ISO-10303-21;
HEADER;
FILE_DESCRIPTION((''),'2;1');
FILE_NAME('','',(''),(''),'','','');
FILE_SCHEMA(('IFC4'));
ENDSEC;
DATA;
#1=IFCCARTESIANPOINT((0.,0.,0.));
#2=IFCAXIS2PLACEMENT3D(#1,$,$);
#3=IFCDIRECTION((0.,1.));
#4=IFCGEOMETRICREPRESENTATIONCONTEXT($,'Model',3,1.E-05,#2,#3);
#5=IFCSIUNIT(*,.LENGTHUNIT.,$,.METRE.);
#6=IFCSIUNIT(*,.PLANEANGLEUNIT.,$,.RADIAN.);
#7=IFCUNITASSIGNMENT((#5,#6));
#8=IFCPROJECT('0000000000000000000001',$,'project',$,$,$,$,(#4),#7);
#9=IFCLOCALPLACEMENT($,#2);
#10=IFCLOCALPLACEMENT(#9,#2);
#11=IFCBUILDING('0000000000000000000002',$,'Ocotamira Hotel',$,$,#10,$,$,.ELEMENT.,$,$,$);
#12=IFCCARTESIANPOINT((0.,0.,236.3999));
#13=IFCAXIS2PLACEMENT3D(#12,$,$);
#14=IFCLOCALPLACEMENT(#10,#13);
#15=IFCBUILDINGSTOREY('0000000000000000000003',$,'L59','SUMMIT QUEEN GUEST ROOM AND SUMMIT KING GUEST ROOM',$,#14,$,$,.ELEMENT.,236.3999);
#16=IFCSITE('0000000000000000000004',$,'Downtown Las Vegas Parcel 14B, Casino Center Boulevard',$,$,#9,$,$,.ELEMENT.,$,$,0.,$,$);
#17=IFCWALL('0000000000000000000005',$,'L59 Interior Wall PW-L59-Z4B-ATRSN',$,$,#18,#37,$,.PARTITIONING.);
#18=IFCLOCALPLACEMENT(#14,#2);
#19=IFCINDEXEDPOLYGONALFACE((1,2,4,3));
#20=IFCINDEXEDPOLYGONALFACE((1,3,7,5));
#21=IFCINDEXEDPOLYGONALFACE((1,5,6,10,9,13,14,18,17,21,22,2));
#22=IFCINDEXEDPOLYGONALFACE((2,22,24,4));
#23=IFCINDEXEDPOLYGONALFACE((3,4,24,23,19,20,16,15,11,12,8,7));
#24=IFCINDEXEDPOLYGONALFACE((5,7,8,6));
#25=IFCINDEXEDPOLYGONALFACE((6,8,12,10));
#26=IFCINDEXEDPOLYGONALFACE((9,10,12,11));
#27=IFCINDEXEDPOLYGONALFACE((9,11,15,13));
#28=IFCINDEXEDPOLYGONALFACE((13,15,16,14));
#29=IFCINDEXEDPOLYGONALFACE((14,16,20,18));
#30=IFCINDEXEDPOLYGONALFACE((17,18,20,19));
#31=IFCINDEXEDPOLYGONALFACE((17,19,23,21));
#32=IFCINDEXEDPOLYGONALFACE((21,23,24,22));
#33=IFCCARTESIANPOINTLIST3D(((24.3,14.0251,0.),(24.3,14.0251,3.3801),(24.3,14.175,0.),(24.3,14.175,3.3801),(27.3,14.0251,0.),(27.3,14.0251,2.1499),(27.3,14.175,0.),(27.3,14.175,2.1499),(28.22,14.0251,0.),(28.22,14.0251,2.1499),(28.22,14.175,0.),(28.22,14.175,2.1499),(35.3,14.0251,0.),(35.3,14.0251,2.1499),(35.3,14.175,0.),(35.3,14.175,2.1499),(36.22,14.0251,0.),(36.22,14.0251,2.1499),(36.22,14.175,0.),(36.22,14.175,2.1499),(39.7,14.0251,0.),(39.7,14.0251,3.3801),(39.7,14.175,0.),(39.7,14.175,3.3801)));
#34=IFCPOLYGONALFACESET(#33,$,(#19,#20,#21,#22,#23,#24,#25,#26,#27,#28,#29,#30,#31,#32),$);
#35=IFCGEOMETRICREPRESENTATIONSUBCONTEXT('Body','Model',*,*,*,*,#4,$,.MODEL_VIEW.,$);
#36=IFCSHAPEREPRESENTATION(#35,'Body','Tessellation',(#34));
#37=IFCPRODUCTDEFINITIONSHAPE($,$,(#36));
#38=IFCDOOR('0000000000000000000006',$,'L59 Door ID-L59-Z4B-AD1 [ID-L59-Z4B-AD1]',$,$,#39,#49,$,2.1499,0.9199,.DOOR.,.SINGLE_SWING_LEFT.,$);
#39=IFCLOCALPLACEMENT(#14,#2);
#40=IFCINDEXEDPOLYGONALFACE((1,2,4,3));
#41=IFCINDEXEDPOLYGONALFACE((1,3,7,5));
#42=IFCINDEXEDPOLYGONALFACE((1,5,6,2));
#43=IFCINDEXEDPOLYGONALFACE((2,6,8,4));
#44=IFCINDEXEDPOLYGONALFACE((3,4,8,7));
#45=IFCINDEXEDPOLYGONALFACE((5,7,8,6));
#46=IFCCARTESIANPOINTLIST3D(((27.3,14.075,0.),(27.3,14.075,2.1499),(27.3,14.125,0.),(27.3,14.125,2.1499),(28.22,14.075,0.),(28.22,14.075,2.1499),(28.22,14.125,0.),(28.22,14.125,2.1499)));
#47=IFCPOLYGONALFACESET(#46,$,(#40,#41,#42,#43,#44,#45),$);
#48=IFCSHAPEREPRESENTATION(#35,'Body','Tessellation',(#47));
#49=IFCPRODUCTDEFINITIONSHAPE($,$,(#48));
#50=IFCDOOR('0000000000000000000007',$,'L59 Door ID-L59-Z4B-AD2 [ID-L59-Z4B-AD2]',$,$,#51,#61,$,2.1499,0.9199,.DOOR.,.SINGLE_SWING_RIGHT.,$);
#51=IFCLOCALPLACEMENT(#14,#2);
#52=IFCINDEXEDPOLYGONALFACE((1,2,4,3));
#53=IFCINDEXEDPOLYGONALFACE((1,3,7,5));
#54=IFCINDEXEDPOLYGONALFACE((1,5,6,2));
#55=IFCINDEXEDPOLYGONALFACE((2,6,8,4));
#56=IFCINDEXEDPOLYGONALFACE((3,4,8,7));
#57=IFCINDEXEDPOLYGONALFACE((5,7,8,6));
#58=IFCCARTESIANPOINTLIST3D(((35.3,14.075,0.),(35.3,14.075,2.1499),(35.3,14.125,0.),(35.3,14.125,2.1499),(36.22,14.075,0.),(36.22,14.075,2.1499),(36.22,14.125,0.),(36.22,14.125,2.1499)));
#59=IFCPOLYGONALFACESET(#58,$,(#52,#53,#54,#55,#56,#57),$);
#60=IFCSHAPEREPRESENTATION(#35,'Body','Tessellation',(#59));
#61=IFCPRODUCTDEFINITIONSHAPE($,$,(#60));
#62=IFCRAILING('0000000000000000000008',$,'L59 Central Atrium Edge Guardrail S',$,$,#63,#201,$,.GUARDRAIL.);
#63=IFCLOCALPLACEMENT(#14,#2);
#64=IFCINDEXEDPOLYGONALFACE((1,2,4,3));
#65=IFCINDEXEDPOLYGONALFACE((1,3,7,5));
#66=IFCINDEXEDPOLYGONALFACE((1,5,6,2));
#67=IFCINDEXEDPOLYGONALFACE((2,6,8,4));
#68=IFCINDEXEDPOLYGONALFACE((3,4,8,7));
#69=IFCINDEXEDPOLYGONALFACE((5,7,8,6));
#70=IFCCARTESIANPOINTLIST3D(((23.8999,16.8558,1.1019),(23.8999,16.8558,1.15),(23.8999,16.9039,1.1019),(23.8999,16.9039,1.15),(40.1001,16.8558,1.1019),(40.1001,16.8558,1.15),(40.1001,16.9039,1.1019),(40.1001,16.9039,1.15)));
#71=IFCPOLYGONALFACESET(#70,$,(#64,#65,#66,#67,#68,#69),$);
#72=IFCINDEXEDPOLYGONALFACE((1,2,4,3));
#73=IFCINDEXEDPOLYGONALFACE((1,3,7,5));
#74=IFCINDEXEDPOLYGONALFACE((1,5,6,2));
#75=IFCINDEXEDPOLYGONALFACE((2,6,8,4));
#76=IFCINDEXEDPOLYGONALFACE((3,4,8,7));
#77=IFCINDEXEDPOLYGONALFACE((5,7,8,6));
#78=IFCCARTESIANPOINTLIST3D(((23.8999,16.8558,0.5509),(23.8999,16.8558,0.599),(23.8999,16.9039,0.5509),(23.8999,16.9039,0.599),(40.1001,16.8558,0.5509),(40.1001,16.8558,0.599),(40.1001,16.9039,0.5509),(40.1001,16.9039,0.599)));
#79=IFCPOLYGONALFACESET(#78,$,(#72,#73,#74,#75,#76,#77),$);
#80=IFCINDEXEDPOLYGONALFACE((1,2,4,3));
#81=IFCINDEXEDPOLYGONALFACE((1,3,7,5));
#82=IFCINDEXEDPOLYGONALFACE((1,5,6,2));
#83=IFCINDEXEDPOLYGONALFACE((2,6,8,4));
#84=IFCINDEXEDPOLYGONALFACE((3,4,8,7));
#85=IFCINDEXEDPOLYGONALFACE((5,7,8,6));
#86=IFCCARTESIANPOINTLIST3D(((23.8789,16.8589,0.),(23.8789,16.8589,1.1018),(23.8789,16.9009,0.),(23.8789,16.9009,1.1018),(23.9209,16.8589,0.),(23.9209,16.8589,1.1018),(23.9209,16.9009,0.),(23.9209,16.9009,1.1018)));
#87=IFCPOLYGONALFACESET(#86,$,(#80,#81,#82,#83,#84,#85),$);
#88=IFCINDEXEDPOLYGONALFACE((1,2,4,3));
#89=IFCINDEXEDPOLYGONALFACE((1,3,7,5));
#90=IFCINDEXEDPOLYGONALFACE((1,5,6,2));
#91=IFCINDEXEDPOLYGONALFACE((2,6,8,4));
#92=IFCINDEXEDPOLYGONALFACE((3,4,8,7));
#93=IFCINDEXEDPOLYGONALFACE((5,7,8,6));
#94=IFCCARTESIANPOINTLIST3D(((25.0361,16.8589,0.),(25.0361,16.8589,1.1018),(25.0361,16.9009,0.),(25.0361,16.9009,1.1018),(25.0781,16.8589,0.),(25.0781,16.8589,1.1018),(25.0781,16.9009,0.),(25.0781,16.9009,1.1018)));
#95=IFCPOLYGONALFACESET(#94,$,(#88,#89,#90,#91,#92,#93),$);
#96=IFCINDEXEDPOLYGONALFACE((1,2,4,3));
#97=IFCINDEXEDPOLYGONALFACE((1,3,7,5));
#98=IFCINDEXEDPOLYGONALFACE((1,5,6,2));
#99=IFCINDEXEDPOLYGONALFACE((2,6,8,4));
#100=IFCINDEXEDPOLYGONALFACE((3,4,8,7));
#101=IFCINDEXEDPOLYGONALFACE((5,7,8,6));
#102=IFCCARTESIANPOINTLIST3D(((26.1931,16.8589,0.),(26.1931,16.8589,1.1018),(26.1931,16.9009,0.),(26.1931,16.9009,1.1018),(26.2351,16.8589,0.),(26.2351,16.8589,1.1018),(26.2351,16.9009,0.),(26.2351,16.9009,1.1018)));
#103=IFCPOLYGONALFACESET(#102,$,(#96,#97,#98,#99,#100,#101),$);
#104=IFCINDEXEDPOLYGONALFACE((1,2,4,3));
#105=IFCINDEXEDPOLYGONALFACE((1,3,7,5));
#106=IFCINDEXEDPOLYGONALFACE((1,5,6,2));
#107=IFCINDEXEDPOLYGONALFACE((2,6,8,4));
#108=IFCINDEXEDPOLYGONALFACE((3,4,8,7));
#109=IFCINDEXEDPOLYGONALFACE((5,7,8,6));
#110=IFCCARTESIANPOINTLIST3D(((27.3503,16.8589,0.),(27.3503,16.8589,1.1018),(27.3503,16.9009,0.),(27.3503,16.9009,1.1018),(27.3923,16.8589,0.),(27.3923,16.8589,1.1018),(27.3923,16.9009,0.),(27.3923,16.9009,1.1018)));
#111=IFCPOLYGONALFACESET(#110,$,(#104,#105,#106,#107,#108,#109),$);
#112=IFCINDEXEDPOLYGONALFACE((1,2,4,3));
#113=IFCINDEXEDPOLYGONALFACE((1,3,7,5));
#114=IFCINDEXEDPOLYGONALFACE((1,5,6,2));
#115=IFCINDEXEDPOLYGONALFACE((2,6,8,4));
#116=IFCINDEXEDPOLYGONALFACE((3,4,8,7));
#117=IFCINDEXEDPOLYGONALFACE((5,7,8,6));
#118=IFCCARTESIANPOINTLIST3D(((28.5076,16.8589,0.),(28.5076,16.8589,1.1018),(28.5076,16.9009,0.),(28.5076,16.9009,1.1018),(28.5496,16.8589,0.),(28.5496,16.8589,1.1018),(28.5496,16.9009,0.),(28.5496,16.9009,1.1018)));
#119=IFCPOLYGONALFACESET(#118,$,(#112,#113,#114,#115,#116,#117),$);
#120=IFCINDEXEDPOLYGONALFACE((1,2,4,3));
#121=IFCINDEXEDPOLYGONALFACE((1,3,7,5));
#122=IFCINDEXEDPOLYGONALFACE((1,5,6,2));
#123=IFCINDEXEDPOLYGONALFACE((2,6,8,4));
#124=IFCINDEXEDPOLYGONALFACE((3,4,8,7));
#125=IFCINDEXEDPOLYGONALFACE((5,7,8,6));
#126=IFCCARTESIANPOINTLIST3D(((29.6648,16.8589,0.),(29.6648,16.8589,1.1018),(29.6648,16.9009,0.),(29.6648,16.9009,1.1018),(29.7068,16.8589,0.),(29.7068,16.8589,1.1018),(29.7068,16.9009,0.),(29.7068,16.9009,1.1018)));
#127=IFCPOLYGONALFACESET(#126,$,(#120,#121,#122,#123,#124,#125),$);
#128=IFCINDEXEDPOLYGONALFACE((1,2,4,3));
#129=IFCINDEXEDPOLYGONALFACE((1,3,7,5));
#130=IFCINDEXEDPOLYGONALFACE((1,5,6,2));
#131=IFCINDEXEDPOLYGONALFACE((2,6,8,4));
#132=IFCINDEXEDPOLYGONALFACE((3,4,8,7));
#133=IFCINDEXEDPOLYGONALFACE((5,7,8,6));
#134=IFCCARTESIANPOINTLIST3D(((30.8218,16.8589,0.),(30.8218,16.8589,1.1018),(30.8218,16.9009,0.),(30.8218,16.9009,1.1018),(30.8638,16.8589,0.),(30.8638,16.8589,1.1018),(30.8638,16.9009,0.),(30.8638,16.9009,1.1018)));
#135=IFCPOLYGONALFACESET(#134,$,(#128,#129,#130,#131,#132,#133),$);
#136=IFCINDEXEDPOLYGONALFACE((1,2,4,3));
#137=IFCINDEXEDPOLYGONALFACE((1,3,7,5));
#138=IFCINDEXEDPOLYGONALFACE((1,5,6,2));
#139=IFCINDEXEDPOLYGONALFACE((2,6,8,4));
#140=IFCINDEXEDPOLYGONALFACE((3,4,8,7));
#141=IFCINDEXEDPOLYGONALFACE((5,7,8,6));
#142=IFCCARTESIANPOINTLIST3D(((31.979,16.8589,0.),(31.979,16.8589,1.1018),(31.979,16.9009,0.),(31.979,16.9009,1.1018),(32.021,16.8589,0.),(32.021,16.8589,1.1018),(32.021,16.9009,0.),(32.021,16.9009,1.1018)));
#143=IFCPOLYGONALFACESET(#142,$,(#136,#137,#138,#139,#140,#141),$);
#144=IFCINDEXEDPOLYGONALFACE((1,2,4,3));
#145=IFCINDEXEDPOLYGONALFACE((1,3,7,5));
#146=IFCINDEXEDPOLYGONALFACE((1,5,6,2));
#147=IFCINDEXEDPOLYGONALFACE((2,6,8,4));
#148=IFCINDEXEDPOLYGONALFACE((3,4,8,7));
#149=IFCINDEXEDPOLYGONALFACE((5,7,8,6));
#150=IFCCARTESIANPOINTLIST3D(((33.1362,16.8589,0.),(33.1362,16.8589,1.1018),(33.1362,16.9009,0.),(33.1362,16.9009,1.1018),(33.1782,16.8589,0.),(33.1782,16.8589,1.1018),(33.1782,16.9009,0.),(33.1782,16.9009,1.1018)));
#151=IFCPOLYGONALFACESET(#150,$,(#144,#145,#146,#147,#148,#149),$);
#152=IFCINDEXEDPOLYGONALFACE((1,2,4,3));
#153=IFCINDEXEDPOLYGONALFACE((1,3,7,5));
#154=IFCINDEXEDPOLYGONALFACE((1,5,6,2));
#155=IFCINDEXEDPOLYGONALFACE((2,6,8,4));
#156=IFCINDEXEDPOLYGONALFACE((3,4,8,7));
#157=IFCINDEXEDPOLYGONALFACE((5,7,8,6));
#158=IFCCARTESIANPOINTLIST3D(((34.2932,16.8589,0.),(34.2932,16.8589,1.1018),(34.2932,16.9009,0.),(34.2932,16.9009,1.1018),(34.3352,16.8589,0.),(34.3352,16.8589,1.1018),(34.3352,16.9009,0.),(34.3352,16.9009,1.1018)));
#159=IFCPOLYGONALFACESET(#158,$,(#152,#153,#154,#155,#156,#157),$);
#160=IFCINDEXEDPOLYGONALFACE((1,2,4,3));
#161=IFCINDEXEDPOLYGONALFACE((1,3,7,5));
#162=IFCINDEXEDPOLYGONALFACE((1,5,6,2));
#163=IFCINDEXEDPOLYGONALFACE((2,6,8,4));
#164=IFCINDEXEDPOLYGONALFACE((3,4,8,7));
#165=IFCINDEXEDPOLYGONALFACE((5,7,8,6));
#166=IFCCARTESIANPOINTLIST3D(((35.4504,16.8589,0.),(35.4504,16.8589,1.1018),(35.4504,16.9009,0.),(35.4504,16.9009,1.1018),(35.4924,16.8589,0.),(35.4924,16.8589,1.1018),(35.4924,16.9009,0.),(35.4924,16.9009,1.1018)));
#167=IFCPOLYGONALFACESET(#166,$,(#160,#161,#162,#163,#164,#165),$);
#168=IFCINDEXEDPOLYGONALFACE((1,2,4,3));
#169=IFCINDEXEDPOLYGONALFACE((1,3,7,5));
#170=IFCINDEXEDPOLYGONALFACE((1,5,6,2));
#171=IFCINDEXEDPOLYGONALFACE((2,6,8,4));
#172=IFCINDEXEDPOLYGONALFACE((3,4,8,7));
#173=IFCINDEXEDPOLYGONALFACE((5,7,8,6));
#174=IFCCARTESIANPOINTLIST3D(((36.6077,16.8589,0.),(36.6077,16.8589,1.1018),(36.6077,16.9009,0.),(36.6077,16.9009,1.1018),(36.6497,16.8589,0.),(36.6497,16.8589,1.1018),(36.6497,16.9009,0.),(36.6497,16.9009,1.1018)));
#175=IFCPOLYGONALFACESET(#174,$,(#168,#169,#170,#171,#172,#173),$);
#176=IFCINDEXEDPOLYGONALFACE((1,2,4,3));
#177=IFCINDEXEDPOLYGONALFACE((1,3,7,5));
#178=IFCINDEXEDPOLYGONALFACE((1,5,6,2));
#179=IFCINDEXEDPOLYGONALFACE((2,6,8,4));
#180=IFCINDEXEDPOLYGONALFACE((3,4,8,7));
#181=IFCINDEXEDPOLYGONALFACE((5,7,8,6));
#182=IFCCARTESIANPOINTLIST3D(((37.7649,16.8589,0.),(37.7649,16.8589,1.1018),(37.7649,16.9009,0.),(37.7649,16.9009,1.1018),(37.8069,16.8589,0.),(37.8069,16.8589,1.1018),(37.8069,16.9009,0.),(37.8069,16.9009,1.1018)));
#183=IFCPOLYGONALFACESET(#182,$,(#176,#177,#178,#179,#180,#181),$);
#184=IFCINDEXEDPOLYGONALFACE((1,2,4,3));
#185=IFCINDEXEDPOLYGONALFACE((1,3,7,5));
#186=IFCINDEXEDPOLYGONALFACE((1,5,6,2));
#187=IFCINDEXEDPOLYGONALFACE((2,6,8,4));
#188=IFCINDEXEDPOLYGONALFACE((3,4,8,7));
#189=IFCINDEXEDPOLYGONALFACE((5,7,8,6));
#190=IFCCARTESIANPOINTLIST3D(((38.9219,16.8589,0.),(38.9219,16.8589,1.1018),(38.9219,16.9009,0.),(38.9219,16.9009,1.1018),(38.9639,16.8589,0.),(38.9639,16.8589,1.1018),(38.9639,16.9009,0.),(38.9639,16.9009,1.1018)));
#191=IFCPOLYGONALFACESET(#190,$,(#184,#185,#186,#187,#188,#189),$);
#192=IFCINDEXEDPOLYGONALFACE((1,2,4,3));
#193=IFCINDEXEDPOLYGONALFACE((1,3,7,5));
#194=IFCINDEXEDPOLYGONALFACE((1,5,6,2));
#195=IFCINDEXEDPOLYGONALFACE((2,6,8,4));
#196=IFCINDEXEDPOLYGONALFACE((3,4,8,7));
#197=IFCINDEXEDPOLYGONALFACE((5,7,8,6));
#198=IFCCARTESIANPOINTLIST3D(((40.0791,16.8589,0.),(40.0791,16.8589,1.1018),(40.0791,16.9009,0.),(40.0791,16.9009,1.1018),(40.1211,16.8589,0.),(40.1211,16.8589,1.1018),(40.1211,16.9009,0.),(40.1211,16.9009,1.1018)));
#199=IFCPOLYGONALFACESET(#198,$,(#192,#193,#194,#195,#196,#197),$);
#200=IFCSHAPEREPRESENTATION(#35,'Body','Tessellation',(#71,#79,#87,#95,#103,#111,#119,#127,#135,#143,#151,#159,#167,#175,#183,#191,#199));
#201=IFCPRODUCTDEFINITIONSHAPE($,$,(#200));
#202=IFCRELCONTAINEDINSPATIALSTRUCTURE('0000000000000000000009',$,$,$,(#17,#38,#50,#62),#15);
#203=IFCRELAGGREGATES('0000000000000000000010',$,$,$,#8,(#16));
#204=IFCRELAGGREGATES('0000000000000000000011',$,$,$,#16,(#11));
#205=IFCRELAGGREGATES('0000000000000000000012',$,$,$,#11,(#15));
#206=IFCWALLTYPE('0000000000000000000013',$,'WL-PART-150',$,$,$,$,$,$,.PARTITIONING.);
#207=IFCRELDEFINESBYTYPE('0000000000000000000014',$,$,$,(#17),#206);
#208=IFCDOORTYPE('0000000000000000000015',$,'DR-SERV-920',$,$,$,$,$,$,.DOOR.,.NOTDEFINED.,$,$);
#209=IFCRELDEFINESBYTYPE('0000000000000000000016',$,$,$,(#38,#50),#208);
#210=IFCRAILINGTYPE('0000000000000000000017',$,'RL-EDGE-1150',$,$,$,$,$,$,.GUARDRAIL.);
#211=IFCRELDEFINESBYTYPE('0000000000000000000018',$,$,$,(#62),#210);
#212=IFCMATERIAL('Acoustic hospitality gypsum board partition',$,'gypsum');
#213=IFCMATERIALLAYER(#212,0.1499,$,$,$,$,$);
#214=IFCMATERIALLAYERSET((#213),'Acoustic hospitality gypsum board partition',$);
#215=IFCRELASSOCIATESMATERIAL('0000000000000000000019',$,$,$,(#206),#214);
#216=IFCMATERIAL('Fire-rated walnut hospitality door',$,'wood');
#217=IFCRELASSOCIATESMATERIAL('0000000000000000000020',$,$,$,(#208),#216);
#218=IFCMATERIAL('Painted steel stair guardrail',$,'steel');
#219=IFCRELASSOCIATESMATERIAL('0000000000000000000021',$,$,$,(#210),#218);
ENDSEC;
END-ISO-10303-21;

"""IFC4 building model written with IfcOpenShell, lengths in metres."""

from ifc_helpers import new_model, si_unit, direction, frame, frame_2d, origin, origin_2d, place, context, subcontext, project, spatial, rectangle, extrude, source, transform, mapped, material, layer, layer_set, type_object, element, fill, save


model = new_model("IFC4")

# Units and contexts
model_context = context("Model", 3, precision=1e-05, world=origin(), true_north=direction((0.0, 1.0)))
body_context = subcontext(model_context, "Body", "Model", "MODEL_VIEW")
ifc_project = project(units=[si_unit("LENGTHUNIT", "METRE"), si_unit("PLANEANGLEUNIT", "RADIAN")], contexts=[model_context])

# Site, building, storey
site_placement = place(None, origin())
site = spatial("IfcSite", under=ifc_project, at=site_placement, Name="Downtown Las Vegas Parcel 14B, Casino Center Boulevard", CompositionType="ELEMENT", RefElevation=0.0)
building_placement = place(site_placement, origin())
building = spatial("IfcBuilding", under=site, at=building_placement, Name="Ocotamira Hotel", CompositionType="ELEMENT")
storey_placement = place(building_placement, frame((0.0, 0.0, 236.3999)))
storey = spatial("IfcBuildingStorey", under=building, at=storey_placement, Name="L59", Description="SUMMIT QUEEN GUEST ROOM AND SUMMIT KING GUEST ROOM", CompositionType="ELEMENT", Elevation=236.3999)

# Shared definitions
ifc_material_1 = material(Name="Acoustic hospitality gypsum board partition", Category="gypsum")

# Wall, openings, doors
ifc_layer_1 = layer(ifc_material_1, 0.1499)
ifc_layer_set_1 = layer_set([ifc_layer_1], Name="Acoustic hospitality gypsum board partition")
wall_type_1 = type_object("IfcWallType", Name="WL-PART-150", PredefinedType="PARTITIONING", material=ifc_layer_set_1)
wall_1_placement = place(storey_placement, frame((24.3, 14.1001, 0.0), z_axis=(0.0, 0.0, 1.0), x_axis=(1.0, 0.0, 0.0)))
wall_1 = element("IfcWall", 1, at=wall_1_placement, inside=storey, type_object=wall_type_1, Name="L59 Interior Wall PW-L59-Z4B-ATRSN", PredefinedType="PARTITIONING", context=body_context, shape_type="SweptSolid", body=[
    extrude(rectangle(XDim=15.3999, YDim=0.1499, at=frame_2d((7.7, 0.0))), origin(), (0.0, 0.0, 1.0), 3.3801),
])
opening_1_placement = place(wall_1_placement, frame((3.0, 0.0, 0.0)))
opening_1 = element("IfcOpeningElement", 2, at=opening_1_placement, cuts=wall_1, PredefinedType="OPENING", context=body_context, shape_type="SweptSolid", body=[
    extrude(rectangle(XDim=0.9199, YDim=2.1499, at=frame_2d((0.46, 1.075))), frame((0.0, 0.085, 0.0), z_axis=(0.0, -1.0, 0.0), x_axis=(1.0, 0.0, 0.0)), (0.0, 0.0, 1.0), 0.1699),
])
opening_2_placement = place(wall_1_placement, frame((11.0, 0.0, 0.0)))
opening_2 = element("IfcOpeningElement", 3, at=opening_2_placement, cuts=wall_1, PredefinedType="OPENING", context=body_context, shape_type="SweptSolid", body=[
    extrude(rectangle(XDim=0.9199, YDim=2.1499, at=frame_2d((0.46, 1.075))), frame((0.0, 0.085, 0.0), z_axis=(0.0, -1.0, 0.0), x_axis=(1.0, 0.0, 0.0)), (0.0, 0.0, 1.0), 0.1699),
])
ifc_material_2 = material(Name="Fire-rated walnut hospitality door", Category="wood")
door_type_1 = type_object("IfcDoorType", Name="DR-SERV-920", OperationType="NOTDEFINED", PredefinedType="DOOR", material=ifc_material_2)
shared_shape_1 = source(origin(), body_context, "Body", "SweptSolid", [
    extrude(rectangle(XDim=0.9199, YDim=2.1499, at=frame_2d((0.46, 1.075))), frame((0.0, 0.0249, 0.0), z_axis=(0.0, -1.0, 0.0), x_axis=(1.0, 0.0, 0.0)), (0.0, 0.0, 1.0), 0.05),
])
door_1_placement = place(opening_1_placement, origin())
door_1 = element("IfcDoor", 4, at=door_1_placement, inside=storey, type_object=door_type_1, Name="L59 Door ID-L59-Z4B-AD1 [ID-L59-Z4B-AD1]", OperationType="SINGLE_SWING_LEFT", OverallHeight=2.1499, OverallWidth=0.9199, PredefinedType="DOOR", context=body_context, shape_type="MappedRepresentation", body=[
    mapped(shared_shape_1, transform((0.0, 0.0, 0.0), scale=1.0)),
])
fill(opening_1, door_1)
door_2_placement = place(opening_2_placement, origin())
door_2 = element("IfcDoor", 5, at=door_2_placement, inside=storey, type_object=door_type_1, Name="L59 Door ID-L59-Z4B-AD2 [ID-L59-Z4B-AD2]", OperationType="SINGLE_SWING_RIGHT", OverallHeight=2.1499, OverallWidth=0.9199, PredefinedType="DOOR", context=body_context, shape_type="MappedRepresentation", body=[
    mapped(shared_shape_1, transform((0.0, 0.0, 0.0), scale=1.0)),
])
fill(opening_2, door_2)

# Railing
ifc_material_3 = material(Name="Painted steel stair guardrail", Category="steel")
railing_type = type_object("IfcRailingType", Name="RL-EDGE-1150", PredefinedType="GUARDRAIL", material=ifc_material_3)
railing_1_placement = place(storey_placement, frame((23.8999, 16.8799, 0.0)))
element("IfcRailing", 6, at=railing_1_placement, inside=storey, type_object=railing_type, Name="L59 Central Atrium Edge Guardrail S", PredefinedType="GUARDRAIL", context=body_context, shape_type="SweptSolid", body=[
    extrude(rectangle(XDim=0.0481, YDim=0.0481, at=origin_2d()), frame((0.0, 0.0, 1.126), z_axis=(1.0, 0.0, 0.0), x_axis=(0.0, 1.0, 0.0)), (0.0, 0.0, 1.0), 16.2002),
    extrude(rectangle(XDim=0.0481, YDim=0.0481, at=origin_2d()), frame((0.0, 0.0, 0.575), z_axis=(1.0, 0.0, 0.0), x_axis=(0.0, 1.0, 0.0)), (0.0, 0.0, 1.0), 16.2002),
    extrude(rectangle(XDim=0.042, YDim=0.042, at=origin_2d()), origin(), (0.0, 0.0, 1.0), 1.1018),
    extrude(rectangle(XDim=0.042, YDim=0.042, at=origin_2d()), frame((1.1572, 0.0, 0.0)), (0.0, 0.0, 1.0), 1.1018),
    extrude(rectangle(XDim=0.042, YDim=0.042, at=origin_2d()), frame((2.3142, 0.0, 0.0)), (0.0, 0.0, 1.0), 1.1018),
    extrude(rectangle(XDim=0.042, YDim=0.042, at=origin_2d()), frame((3.4714, 0.0, 0.0)), (0.0, 0.0, 1.0), 1.1018),
    extrude(rectangle(XDim=0.042, YDim=0.042, at=origin_2d()), frame((4.6287, 0.0, 0.0)), (0.0, 0.0, 1.0), 1.1018),
    extrude(rectangle(XDim=0.042, YDim=0.042, at=origin_2d()), frame((5.7859, 0.0, 0.0)), (0.0, 0.0, 1.0), 1.1018),
    extrude(rectangle(XDim=0.042, YDim=0.042, at=origin_2d()), frame((6.9429, 0.0, 0.0)), (0.0, 0.0, 1.0), 1.1018),
    extrude(rectangle(XDim=0.042, YDim=0.042, at=origin_2d()), frame((8.1001, 0.0, 0.0)), (0.0, 0.0, 1.0), 1.1018),
    extrude(rectangle(XDim=0.042, YDim=0.042, at=origin_2d()), frame((9.2573, 0.0, 0.0)), (0.0, 0.0, 1.0), 1.1018),
    extrude(rectangle(XDim=0.042, YDim=0.042, at=origin_2d()), frame((10.4143, 0.0, 0.0)), (0.0, 0.0, 1.0), 1.1018),
    extrude(rectangle(XDim=0.042, YDim=0.042, at=origin_2d()), frame((11.5715, 0.0, 0.0)), (0.0, 0.0, 1.0), 1.1018),
    extrude(rectangle(XDim=0.042, YDim=0.042, at=origin_2d()), frame((12.7288, 0.0, 0.0)), (0.0, 0.0, 1.0), 1.1018),
    extrude(rectangle(XDim=0.042, YDim=0.042, at=origin_2d()), frame((13.886, 0.0, 0.0)), (0.0, 0.0, 1.0), 1.1018),
    extrude(rectangle(XDim=0.042, YDim=0.042, at=origin_2d()), frame((15.043, 0.0, 0.0)), (0.0, 0.0, 1.0), 1.1018),
    extrude(rectangle(XDim=0.042, YDim=0.042, at=origin_2d()), frame((16.2002, 0.0, 0.0)), (0.0, 0.0, 1.0), 1.1018),
])

save(model, "model.ifc")
